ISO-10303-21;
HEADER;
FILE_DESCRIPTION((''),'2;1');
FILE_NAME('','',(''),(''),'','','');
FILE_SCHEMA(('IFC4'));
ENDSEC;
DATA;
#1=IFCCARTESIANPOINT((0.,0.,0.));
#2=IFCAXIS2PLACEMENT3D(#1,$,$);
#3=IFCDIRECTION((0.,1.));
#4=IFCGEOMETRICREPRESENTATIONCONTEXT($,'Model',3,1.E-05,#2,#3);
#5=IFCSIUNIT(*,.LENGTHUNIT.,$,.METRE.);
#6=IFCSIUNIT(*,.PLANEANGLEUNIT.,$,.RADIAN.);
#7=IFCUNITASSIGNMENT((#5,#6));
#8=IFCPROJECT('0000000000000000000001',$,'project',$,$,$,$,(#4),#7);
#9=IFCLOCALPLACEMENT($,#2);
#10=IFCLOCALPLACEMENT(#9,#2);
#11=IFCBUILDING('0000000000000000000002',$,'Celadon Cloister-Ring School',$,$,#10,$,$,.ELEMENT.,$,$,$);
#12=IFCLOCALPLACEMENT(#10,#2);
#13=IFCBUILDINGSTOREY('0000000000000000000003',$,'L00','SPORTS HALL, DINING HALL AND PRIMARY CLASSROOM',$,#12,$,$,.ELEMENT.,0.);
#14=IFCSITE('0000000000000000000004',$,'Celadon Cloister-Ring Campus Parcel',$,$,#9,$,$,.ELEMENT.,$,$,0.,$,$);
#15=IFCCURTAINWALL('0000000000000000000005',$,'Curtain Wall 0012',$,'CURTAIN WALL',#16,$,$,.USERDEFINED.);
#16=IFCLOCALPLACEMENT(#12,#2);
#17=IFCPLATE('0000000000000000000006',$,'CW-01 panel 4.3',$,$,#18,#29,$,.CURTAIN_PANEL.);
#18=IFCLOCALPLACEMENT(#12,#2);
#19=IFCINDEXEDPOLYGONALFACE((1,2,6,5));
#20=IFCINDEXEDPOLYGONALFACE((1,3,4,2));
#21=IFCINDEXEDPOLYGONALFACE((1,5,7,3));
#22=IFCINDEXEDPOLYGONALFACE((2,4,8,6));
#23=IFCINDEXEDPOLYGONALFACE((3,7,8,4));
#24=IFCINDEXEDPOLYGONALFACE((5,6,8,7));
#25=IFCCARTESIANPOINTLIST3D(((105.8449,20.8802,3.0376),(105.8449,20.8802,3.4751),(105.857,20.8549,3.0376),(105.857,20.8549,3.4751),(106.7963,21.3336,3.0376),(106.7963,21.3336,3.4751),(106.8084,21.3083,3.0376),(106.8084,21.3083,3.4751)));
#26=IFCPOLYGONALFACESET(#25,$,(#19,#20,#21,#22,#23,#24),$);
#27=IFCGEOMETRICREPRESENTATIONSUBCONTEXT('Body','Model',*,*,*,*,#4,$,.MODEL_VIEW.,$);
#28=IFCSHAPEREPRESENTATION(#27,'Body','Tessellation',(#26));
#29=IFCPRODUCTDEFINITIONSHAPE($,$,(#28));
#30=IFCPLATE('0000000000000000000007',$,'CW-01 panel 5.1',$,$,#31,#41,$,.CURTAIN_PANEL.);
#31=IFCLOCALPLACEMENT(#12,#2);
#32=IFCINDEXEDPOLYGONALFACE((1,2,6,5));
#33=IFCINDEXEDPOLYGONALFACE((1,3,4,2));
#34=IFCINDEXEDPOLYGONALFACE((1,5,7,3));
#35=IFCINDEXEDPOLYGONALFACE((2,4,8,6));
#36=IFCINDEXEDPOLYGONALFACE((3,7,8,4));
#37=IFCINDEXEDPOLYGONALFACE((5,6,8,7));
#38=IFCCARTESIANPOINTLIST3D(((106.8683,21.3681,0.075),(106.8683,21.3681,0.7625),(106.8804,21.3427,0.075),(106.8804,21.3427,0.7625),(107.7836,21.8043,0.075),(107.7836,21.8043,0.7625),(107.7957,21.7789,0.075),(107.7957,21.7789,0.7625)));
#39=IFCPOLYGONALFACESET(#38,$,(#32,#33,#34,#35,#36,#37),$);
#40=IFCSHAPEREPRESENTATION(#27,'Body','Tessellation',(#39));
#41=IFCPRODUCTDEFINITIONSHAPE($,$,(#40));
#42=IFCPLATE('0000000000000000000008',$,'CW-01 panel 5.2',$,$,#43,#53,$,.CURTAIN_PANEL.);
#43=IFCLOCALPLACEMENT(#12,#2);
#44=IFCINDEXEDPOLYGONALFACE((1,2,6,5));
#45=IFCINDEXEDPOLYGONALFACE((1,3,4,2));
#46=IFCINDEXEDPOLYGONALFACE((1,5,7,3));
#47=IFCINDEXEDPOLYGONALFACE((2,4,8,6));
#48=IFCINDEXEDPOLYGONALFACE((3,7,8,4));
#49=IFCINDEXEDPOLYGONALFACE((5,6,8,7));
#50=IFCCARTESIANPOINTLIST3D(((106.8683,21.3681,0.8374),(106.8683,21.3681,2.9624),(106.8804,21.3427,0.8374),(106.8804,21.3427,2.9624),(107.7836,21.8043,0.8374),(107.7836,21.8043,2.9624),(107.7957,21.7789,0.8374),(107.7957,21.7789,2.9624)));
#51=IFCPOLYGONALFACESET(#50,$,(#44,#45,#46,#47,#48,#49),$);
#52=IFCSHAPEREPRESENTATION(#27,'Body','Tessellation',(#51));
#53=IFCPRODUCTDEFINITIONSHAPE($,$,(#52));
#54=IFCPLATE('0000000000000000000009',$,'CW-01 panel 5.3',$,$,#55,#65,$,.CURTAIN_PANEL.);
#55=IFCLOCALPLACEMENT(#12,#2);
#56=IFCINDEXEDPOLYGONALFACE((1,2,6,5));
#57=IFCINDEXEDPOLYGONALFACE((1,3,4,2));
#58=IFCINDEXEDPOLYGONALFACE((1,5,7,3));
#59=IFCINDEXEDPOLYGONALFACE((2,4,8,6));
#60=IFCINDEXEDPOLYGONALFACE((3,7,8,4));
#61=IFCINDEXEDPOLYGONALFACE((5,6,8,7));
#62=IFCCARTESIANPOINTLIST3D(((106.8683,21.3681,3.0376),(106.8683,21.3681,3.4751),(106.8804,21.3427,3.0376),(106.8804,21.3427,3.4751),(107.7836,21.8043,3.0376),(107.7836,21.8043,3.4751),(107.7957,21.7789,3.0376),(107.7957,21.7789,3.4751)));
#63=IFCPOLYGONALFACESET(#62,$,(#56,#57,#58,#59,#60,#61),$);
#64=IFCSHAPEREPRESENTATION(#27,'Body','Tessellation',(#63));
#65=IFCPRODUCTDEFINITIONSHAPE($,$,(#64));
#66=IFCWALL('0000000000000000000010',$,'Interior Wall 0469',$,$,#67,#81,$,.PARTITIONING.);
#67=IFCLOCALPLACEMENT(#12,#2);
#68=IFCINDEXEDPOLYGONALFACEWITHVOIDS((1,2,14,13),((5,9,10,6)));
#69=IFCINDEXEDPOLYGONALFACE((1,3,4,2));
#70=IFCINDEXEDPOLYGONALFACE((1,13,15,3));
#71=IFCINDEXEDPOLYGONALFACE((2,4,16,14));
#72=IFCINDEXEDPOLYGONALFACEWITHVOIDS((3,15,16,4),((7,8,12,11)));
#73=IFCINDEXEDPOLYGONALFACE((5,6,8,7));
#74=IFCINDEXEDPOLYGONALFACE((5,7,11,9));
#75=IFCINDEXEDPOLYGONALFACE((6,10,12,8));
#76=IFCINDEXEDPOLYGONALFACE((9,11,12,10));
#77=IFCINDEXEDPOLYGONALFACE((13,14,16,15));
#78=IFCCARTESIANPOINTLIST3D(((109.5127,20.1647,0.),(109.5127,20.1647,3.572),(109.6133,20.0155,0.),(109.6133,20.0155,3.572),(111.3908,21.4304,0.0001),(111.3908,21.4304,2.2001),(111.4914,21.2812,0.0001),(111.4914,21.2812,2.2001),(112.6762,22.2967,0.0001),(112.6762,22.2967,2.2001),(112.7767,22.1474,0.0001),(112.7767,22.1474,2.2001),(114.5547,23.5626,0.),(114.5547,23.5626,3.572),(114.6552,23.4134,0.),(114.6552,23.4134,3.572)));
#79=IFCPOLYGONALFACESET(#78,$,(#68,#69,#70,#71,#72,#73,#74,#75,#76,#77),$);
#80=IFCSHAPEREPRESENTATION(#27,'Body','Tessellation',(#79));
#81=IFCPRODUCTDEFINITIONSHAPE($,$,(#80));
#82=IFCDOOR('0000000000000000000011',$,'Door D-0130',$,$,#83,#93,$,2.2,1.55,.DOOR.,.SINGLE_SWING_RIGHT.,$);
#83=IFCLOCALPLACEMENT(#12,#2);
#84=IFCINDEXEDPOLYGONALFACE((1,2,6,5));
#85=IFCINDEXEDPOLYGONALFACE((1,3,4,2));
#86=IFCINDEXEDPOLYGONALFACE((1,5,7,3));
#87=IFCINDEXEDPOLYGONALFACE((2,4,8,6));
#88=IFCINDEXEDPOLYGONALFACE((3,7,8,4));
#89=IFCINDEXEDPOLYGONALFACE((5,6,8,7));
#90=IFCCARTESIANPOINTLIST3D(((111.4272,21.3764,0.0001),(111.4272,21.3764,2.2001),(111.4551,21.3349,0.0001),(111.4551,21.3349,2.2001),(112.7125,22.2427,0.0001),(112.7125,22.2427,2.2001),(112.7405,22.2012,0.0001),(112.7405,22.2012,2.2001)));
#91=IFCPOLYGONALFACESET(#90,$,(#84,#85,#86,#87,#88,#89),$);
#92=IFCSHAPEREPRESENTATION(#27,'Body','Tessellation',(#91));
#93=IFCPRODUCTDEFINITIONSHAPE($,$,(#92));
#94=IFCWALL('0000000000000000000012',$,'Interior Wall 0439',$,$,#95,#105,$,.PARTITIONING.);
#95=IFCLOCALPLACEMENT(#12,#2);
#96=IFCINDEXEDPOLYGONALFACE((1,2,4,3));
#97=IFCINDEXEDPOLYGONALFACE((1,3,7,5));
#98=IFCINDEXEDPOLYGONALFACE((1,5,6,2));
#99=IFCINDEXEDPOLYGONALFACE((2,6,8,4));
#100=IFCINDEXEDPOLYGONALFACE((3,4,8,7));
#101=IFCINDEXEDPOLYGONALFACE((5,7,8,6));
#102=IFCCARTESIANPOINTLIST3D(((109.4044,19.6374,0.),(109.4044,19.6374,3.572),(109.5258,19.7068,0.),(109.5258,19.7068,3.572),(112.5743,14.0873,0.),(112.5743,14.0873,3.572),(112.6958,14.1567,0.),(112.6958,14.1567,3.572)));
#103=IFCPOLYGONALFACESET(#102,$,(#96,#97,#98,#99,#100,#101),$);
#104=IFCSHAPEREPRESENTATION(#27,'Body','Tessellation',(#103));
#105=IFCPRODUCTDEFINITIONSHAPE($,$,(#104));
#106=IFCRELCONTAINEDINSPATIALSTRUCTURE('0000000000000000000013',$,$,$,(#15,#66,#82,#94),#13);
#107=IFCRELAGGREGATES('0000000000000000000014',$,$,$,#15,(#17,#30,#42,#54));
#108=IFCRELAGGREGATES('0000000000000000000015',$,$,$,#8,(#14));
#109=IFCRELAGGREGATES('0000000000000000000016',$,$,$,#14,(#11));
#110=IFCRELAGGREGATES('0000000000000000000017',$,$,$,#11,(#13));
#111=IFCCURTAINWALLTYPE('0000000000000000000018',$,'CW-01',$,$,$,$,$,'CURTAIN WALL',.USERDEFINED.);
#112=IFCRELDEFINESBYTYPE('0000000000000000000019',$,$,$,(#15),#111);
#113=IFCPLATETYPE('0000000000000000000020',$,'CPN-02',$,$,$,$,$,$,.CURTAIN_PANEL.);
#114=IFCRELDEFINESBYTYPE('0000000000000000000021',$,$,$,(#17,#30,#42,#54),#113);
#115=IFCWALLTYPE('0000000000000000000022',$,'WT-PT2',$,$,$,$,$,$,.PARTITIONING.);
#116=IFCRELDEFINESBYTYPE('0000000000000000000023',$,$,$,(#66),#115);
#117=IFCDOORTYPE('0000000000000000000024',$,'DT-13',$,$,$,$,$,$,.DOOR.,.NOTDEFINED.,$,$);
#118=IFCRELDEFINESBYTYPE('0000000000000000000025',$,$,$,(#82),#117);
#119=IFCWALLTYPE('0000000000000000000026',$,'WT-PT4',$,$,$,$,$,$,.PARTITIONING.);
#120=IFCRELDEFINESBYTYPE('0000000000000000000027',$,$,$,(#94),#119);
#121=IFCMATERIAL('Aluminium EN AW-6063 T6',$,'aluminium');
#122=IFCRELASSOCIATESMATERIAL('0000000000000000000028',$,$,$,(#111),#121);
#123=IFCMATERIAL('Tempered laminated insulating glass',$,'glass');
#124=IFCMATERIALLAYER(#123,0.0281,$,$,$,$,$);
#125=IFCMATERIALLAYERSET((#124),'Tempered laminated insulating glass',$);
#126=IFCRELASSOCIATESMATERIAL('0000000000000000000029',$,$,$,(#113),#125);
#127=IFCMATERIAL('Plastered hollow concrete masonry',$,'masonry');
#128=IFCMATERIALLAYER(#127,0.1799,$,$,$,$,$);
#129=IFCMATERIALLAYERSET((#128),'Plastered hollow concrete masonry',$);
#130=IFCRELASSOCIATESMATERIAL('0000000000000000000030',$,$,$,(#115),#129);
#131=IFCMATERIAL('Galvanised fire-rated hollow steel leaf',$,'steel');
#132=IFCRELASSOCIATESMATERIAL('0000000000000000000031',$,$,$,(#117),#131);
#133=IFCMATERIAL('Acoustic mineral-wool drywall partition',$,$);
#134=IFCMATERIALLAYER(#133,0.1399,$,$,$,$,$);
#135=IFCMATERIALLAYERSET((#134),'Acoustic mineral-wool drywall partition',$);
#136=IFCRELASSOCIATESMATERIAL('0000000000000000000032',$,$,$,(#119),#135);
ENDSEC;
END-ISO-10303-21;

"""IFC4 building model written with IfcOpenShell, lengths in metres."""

from ifc_helpers import new_model, si_unit, direction, frame, frame_2d, origin, origin_2d, place, context, subcontext, project, spatial, rectangle, extrude, material, layer, layer_set, type_object, element, fill, aggregate, save


model = new_model("IFC4")

# Units and contexts
model_context = context("Model", 3, precision=1e-05, world=origin(), true_north=direction((0.0, 1.0)))
body_context = subcontext(model_context, "Body", "Model", "MODEL_VIEW")
ifc_project = project(units=[si_unit("LENGTHUNIT", "METRE"), si_unit("PLANEANGLEUNIT", "RADIAN")], contexts=[model_context])

# Site, building, storey
site_placement = place(None, origin())
site = spatial("IfcSite", under=ifc_project, at=site_placement, Name="Celadon Cloister-Ring Campus Parcel", CompositionType="ELEMENT", RefElevation=0.0)
building_placement = place(site_placement, origin())
building = spatial("IfcBuilding", under=site, at=building_placement, Name="Celadon Cloister-Ring School", CompositionType="ELEMENT")
storey_placement = place(building_placement, origin())
storey = spatial("IfcBuildingStorey", under=building, at=storey_placement, Name="L00", Description="SPORTS HALL, DINING HALL AND PRIMARY CLASSROOM", CompositionType="ELEMENT", Elevation=0.0)

# Curtain wall
ifc_material_1 = material(Name="Aluminium EN AW-6063 T6", Category="aluminium")
curtain_wall_type = type_object("IfcCurtainWallType", Name="CW-01", ElementType="CURTAIN WALL", PredefinedType="USERDEFINED", material=ifc_material_1)
curtain_wall_placement = place(storey_placement, origin())
curtain_wall = element("IfcCurtainWall", 1, at=curtain_wall_placement, inside=storey, type_object=curtain_wall_type, Name="Curtain Wall 0012", ObjectType="CURTAIN WALL", PredefinedType="USERDEFINED")

# Plates
ifc_material_2 = material(Name="Tempered laminated insulating glass", Category="glass")
ifc_layer_1 = layer(ifc_material_2, 0.0281)
ifc_layer_set_1 = layer_set([ifc_layer_1], Name="Tempered laminated insulating glass")
plate_type = type_object("IfcPlateType", Name="CPN-02", PredefinedType="CURTAIN_PANEL", material=ifc_layer_set_1)
plate_1_placement = place(storey_placement, frame((106.3267, 21.0942, 3.0376), z_axis=(0.0, 0.0, 1.0), x_axis=(0.902733, 0.430201, 0.0)))
plate_1 = element("IfcPlate", 2, at=plate_1_placement, type_object=plate_type, Name="CW-01 panel 4.3", PredefinedType="CURTAIN_PANEL", context=body_context, shape_type="SweptSolid", body=[
    extrude(rectangle(XDim=1.054, YDim=0.0281, at=origin_2d()), origin(), (0.0, 0.0, 1.0), 0.4375),
])
plate_2_placement = place(storey_placement, frame((107.332, 21.5735, 0.075), z_axis=(0.0, 0.0, 1.0), x_axis=(0.902733, 0.430201, 0.0)))
plate_2 = element("IfcPlate", 3, at=plate_2_placement, type_object=plate_type, Name="CW-01 panel 5.1", PredefinedType="CURTAIN_PANEL", context=body_context, shape_type="SweptSolid", body=[
    extrude(rectangle(XDim=1.0139, YDim=0.0281, at=origin_2d()), origin(), (0.0, 0.0, 1.0), 0.6875),
])
plate_3_placement = place(storey_placement, frame((107.332, 21.5735, 0.8374), z_axis=(0.0, 0.0, 1.0), x_axis=(0.902733, 0.430201, 0.0)))
plate_3 = element("IfcPlate", 4, at=plate_3_placement, type_object=plate_type, Name="CW-01 panel 5.2", PredefinedType="CURTAIN_PANEL", context=body_context, shape_type="SweptSolid", body=[
    extrude(rectangle(XDim=1.0139, YDim=0.0281, at=origin_2d()), origin(), (0.0, 0.0, 1.0), 2.125),
])
plate_4_placement = place(storey_placement, frame((107.332, 21.5735, 3.0376), z_axis=(0.0, 0.0, 1.0), x_axis=(0.902733, 0.430201, 0.0)))
plate_4 = element("IfcPlate", 5, at=plate_4_placement, type_object=plate_type, Name="CW-01 panel 5.3", PredefinedType="CURTAIN_PANEL", context=body_context, shape_type="SweptSolid", body=[
    extrude(rectangle(XDim=1.0139, YDim=0.0281, at=origin_2d()), origin(), (0.0, 0.0, 1.0), 0.4375),
])
aggregate(curtain_wall, [plate_1, plate_2, plate_3, plate_4])

# Wall, opening, door
ifc_material_3 = material(Name="Plastered hollow concrete masonry", Category="masonry")
ifc_layer_2 = layer(ifc_material_3, 0.1799)
ifc_layer_set_2 = layer_set([ifc_layer_2], Name="Plastered hollow concrete masonry")
wall_type_1 = type_object("IfcWallType", Name="WT-PT2", PredefinedType="PARTITIONING", material=ifc_layer_set_2)
wall_1_placement = place(storey_placement, frame((109.563, 20.0901, 0.0), z_axis=(0.0, 0.0, 1.0), x_axis=(0.82926, 0.558863, 0.0)))
wall_1 = element("IfcWall", 6, at=wall_1_placement, inside=storey, type_object=wall_type_1, Name="Interior Wall 0469", PredefinedType="PARTITIONING", context=body_context, shape_type="SweptSolid", body=[
    extrude(rectangle(XDim=6.0801, YDim=0.1799, at=frame_2d((3.04, 0.0))), origin(), (0.0, 0.0, 1.0), 3.572),
])
opening_1_placement = place(wall_1_placement, frame((2.2649, 0.0, 0.0)))
opening_1 = element("IfcOpeningElement", 7, at=opening_1_placement, cuts=wall_1, PredefinedType="OPENING", context=body_context, shape_type="SweptSolid", body=[
    extrude(rectangle(XDim=1.55, YDim=2.2, at=frame_2d((0.7749, 1.1001))), frame((0.0, 0.1001, 0.0), z_axis=(0.0, -1.0, 0.0), x_axis=(1.0, 0.0, 0.0)), (0.0, 0.0, 1.0), 0.2),
])
ifc_material_4 = material(Name="Galvanised fire-rated hollow steel leaf", Category="steel")
door_type_1 = type_object("IfcDoorType", Name="DT-13", OperationType="NOTDEFINED", PredefinedType="DOOR", material=ifc_material_4)
door_1_placement = place(opening_1_placement, origin())
door_1 = element("IfcDoor", 8, at=door_1_placement, inside=storey, type_object=door_type_1, Name="Door D-0130", OperationType="SINGLE_SWING_RIGHT", OverallHeight=2.2, OverallWidth=1.55, PredefinedType="DOOR", context=body_context, shape_type="SweptSolid", body=[
    extrude(rectangle(XDim=1.55, YDim=2.2, at=frame_2d((0.7749, 1.1001))), frame((0.0, 0.0249, 0.0), z_axis=(0.0, -1.0, 0.0), x_axis=(1.0, 0.0, 0.0)), (0.0, 0.0, 1.0), 0.05),
])
fill(opening_1, door_1)

# Wall
ifc_material_5 = material(Name="Acoustic mineral-wool drywall partition")
ifc_layer_3 = layer(ifc_material_5, 0.1399)
ifc_layer_set_3 = layer_set([ifc_layer_3], Name="Acoustic mineral-wool drywall partition")
wall_type_2 = type_object("IfcWallType", Name="WT-PT4", PredefinedType="PARTITIONING", material=ifc_layer_set_3)
wall_2_placement = place(storey_placement, frame((109.4651, 19.6721, 0.0), z_axis=(0.0, 0.0, 1.0), x_axis=(0.495958, -0.868347, 0.0)))
element("IfcWall", 9, at=wall_2_placement, inside=storey, type_object=wall_type_2, Name="Interior Wall 0439", PredefinedType="PARTITIONING", context=body_context, shape_type="SweptSolid", body=[
    extrude(rectangle(XDim=6.3916, YDim=0.1399, at=frame_2d((3.1958, 0.0))), origin(), (0.0, 0.0, 1.0), 3.572),
])

save(model, "model.ifc")
